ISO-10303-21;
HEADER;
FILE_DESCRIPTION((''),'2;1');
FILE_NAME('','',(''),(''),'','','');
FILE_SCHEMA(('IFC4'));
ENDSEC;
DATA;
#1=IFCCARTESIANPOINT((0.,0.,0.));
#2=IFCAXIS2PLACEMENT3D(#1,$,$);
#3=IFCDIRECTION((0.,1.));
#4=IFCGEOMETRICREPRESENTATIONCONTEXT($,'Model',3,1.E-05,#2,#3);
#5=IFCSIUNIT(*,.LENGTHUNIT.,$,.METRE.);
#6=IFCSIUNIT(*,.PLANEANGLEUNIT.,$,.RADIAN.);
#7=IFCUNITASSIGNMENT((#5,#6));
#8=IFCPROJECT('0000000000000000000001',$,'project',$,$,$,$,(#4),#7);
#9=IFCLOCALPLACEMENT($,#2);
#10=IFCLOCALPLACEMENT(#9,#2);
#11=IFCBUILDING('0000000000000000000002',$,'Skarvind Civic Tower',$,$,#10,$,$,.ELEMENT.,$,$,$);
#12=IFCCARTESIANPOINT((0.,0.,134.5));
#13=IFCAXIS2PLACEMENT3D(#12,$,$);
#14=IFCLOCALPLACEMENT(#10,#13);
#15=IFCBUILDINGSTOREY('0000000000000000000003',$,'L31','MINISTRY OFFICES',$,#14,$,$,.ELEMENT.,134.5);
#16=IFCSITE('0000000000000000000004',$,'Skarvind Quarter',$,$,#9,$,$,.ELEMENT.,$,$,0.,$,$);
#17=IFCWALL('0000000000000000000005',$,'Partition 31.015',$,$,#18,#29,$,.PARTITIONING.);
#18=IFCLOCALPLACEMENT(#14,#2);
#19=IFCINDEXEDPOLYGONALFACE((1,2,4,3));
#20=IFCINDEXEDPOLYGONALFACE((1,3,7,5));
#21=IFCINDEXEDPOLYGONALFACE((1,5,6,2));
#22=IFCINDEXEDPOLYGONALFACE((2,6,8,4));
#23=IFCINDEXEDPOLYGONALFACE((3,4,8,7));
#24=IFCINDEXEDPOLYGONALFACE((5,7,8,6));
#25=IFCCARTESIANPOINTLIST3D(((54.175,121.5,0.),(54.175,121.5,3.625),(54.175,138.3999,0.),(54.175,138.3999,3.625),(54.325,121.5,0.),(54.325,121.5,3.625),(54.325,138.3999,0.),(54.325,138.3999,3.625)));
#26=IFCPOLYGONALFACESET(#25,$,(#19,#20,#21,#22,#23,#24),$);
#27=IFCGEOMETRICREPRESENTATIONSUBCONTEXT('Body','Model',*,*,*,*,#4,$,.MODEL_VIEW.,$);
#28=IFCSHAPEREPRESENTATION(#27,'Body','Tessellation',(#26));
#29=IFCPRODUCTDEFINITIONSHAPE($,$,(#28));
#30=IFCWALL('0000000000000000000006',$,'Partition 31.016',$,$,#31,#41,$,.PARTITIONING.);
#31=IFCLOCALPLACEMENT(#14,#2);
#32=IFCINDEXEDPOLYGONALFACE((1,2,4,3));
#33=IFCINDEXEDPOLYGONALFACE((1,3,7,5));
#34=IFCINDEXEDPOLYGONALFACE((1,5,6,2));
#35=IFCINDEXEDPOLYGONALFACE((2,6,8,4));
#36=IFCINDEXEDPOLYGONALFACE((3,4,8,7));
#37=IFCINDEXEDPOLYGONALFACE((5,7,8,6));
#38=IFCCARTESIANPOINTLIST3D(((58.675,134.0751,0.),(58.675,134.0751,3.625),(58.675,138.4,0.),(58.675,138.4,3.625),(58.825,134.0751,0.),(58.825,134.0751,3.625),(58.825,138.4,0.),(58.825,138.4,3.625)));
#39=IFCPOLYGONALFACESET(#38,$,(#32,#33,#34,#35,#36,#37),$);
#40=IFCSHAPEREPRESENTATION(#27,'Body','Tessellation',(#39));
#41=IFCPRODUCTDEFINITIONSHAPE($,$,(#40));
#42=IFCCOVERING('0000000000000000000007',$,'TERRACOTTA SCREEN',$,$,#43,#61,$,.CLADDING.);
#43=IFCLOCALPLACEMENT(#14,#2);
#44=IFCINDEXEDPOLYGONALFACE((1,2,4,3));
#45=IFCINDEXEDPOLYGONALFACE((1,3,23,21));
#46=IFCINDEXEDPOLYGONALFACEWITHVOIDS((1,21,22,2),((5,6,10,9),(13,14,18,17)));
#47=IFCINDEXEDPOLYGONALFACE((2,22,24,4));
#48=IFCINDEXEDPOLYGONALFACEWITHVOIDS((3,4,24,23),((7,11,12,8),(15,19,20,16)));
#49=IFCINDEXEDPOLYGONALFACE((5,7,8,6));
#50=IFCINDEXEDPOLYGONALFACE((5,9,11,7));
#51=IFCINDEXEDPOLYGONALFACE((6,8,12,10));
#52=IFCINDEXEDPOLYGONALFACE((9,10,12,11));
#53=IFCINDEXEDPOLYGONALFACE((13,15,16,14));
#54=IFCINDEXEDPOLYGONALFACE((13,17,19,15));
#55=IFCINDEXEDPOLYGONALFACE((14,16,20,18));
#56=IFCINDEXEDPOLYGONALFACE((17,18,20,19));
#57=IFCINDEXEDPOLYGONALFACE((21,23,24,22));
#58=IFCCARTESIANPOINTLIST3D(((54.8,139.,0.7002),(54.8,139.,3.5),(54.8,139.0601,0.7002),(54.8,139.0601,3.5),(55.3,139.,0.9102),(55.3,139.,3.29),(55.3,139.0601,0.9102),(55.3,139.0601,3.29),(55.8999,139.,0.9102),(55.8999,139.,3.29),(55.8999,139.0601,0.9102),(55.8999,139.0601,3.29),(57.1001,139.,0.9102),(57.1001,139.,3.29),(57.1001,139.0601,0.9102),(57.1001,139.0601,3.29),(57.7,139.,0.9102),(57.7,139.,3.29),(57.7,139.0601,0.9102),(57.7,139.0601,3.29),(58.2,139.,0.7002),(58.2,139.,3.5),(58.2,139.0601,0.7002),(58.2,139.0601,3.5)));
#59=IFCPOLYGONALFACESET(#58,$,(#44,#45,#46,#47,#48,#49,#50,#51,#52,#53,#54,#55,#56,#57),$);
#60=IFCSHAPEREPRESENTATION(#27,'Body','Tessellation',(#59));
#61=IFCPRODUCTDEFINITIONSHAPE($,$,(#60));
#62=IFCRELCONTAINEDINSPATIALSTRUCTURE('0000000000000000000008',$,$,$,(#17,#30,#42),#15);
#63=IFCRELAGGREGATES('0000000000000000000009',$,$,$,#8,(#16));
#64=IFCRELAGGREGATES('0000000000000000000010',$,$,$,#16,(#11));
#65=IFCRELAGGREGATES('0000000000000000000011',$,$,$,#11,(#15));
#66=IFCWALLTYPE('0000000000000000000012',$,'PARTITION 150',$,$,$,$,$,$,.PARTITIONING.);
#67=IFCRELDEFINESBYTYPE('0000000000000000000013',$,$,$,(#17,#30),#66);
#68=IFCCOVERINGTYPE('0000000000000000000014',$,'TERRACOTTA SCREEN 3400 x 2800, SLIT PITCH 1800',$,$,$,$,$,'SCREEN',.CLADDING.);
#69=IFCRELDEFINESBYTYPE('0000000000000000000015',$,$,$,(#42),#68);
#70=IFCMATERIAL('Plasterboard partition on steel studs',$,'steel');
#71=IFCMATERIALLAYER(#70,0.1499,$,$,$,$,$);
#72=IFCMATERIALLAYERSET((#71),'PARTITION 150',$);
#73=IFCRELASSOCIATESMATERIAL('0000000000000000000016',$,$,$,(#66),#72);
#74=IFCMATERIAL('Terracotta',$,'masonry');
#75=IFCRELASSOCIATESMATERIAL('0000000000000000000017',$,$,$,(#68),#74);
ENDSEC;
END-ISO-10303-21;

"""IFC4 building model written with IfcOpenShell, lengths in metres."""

from ifc_helpers import new_model, si_unit, direction, frame, frame_2d, origin, place, context, subcontext, project, spatial, polyline, rectangle, outline, extrude, material, layer, layer_set, material_profile, profile_set, type_object, element, save


model = new_model("IFC4")

# Units and contexts
model_context = context("Model", 3, precision=1e-05, world=origin(), true_north=direction((0.0, 1.0)))
body_context = subcontext(model_context, "Body", "Model", "MODEL_VIEW")
ifc_project = project(units=[si_unit("LENGTHUNIT", "METRE"), si_unit("PLANEANGLEUNIT", "RADIAN")], contexts=[model_context])

# Site, building, storey
site_placement = place(None, origin())
site = spatial("IfcSite", under=ifc_project, at=site_placement, Name="Skarvind Quarter", CompositionType="ELEMENT", RefElevation=0.0)
building_placement = place(site_placement, origin())
building = spatial("IfcBuilding", under=site, at=building_placement, Name="Skarvind Civic Tower", CompositionType="ELEMENT")
storey_placement = place(building_placement, frame((0.0, 0.0, 134.5)))
storey = spatial("IfcBuildingStorey", under=building, at=storey_placement, Name="L31", Description="MINISTRY OFFICES", CompositionType="ELEMENT", Elevation=134.5)

# Walls
ifc_material_1 = material(Name="Plasterboard partition on steel studs", Category="steel")
ifc_layer_1 = layer(ifc_material_1, 0.1499)
ifc_layer_set_1 = layer_set([ifc_layer_1], Name="PARTITION 150")
wall_type_1 = type_object("IfcWallType", Name="PARTITION 150", PredefinedType="PARTITIONING", material=ifc_layer_set_1)
wall_1_placement = place(storey_placement, frame((54.25, 138.3999, 0.0), z_axis=(0.0, 0.0, 1.0), x_axis=(0.0, -1.0, 0.0)))
element("IfcWall", 1, at=wall_1_placement, inside=storey, type_object=wall_type_1, Name="Partition 31.015", PredefinedType="PARTITIONING", context=body_context, shape_type="SweptSolid", body=[
    extrude(rectangle(XDim=16.8999, YDim=0.1499, at=frame_2d((8.45, 0.0))), origin(), (0.0, 0.0, 1.0), 3.625),
])
wall_2_placement = place(storey_placement, frame((58.75, 134.075, 0.0), z_axis=(0.0, 0.0, 1.0), x_axis=(0.0, 1.0, 0.0)))
element("IfcWall", 2, at=wall_2_placement, inside=storey, type_object=wall_type_1, Name="Partition 31.016", PredefinedType="PARTITIONING", context=body_context, shape_type="SweptSolid", body=[
    extrude(rectangle(XDim=4.325, YDim=0.1499, at=frame_2d((2.1626, 0.0))), origin(), (0.0, 0.0, 1.0), 3.625),
])

# Covering
ifc_material_2 = material(Name="Terracotta", Category="masonry")
ifc_material_profile_1 = material_profile(ifc_material_2, outline(polyline([(-1.7, -1.3999), (1.7, -1.3999), (1.7, 1.3999), (-1.7, 1.3999), (-1.7, -1.3999)]), holes=[polyline([(-1.2, -1.1899), (-0.6001, -1.1899), (-0.6001, 1.1899), (-1.2, 1.1899), (-1.2, -1.1899)]), polyline([(0.6001, -1.1899), (1.2, -1.1899), (1.2, 1.1899), (0.6001, 1.1899), (0.6001, -1.1899)])]), Name="TERRACOTTA SCREEN 3400 x 2800, SLIT PITCH 1800")
ifc_profile_set_1 = profile_set([ifc_material_profile_1], Name="Terracotta")
covering_type = type_object("IfcCoveringType", Name="TERRACOTTA SCREEN 3400 x 2800, SLIT PITCH 1800", ElementType="SCREEN", PredefinedType="CLADDING", material=ifc_profile_set_1)
covering_placement = place(storey_placement, frame((56.5, 139.0, 2.1001), z_axis=(0.0, 1.0, 0.0), x_axis=(-1.0, 0.0, 0.0)))
element("IfcCovering", 3, at=covering_placement, inside=storey, type_object=covering_type, Name="TERRACOTTA SCREEN", PredefinedType="CLADDING", context=body_context, shape_type="SweptSolid", body=[
    extrude(outline(polyline([(-1.7, -1.3999), (1.7, -1.3999), (1.7, 1.3999), (-1.7, 1.3999), (-1.7, -1.3999)]), holes=[polyline([(-1.2, -1.1899), (-0.6001, -1.1899), (-0.6001, 1.1899), (-1.2, 1.1899), (-1.2, -1.1899)]), polyline([(0.6001, -1.1899), (1.2, -1.1899), (1.2, 1.1899), (0.6001, 1.1899), (0.6001, -1.1899)])]), origin(), (0.0, 0.0, 1.0), 0.0601),
])

save(model, "model.ifc")
